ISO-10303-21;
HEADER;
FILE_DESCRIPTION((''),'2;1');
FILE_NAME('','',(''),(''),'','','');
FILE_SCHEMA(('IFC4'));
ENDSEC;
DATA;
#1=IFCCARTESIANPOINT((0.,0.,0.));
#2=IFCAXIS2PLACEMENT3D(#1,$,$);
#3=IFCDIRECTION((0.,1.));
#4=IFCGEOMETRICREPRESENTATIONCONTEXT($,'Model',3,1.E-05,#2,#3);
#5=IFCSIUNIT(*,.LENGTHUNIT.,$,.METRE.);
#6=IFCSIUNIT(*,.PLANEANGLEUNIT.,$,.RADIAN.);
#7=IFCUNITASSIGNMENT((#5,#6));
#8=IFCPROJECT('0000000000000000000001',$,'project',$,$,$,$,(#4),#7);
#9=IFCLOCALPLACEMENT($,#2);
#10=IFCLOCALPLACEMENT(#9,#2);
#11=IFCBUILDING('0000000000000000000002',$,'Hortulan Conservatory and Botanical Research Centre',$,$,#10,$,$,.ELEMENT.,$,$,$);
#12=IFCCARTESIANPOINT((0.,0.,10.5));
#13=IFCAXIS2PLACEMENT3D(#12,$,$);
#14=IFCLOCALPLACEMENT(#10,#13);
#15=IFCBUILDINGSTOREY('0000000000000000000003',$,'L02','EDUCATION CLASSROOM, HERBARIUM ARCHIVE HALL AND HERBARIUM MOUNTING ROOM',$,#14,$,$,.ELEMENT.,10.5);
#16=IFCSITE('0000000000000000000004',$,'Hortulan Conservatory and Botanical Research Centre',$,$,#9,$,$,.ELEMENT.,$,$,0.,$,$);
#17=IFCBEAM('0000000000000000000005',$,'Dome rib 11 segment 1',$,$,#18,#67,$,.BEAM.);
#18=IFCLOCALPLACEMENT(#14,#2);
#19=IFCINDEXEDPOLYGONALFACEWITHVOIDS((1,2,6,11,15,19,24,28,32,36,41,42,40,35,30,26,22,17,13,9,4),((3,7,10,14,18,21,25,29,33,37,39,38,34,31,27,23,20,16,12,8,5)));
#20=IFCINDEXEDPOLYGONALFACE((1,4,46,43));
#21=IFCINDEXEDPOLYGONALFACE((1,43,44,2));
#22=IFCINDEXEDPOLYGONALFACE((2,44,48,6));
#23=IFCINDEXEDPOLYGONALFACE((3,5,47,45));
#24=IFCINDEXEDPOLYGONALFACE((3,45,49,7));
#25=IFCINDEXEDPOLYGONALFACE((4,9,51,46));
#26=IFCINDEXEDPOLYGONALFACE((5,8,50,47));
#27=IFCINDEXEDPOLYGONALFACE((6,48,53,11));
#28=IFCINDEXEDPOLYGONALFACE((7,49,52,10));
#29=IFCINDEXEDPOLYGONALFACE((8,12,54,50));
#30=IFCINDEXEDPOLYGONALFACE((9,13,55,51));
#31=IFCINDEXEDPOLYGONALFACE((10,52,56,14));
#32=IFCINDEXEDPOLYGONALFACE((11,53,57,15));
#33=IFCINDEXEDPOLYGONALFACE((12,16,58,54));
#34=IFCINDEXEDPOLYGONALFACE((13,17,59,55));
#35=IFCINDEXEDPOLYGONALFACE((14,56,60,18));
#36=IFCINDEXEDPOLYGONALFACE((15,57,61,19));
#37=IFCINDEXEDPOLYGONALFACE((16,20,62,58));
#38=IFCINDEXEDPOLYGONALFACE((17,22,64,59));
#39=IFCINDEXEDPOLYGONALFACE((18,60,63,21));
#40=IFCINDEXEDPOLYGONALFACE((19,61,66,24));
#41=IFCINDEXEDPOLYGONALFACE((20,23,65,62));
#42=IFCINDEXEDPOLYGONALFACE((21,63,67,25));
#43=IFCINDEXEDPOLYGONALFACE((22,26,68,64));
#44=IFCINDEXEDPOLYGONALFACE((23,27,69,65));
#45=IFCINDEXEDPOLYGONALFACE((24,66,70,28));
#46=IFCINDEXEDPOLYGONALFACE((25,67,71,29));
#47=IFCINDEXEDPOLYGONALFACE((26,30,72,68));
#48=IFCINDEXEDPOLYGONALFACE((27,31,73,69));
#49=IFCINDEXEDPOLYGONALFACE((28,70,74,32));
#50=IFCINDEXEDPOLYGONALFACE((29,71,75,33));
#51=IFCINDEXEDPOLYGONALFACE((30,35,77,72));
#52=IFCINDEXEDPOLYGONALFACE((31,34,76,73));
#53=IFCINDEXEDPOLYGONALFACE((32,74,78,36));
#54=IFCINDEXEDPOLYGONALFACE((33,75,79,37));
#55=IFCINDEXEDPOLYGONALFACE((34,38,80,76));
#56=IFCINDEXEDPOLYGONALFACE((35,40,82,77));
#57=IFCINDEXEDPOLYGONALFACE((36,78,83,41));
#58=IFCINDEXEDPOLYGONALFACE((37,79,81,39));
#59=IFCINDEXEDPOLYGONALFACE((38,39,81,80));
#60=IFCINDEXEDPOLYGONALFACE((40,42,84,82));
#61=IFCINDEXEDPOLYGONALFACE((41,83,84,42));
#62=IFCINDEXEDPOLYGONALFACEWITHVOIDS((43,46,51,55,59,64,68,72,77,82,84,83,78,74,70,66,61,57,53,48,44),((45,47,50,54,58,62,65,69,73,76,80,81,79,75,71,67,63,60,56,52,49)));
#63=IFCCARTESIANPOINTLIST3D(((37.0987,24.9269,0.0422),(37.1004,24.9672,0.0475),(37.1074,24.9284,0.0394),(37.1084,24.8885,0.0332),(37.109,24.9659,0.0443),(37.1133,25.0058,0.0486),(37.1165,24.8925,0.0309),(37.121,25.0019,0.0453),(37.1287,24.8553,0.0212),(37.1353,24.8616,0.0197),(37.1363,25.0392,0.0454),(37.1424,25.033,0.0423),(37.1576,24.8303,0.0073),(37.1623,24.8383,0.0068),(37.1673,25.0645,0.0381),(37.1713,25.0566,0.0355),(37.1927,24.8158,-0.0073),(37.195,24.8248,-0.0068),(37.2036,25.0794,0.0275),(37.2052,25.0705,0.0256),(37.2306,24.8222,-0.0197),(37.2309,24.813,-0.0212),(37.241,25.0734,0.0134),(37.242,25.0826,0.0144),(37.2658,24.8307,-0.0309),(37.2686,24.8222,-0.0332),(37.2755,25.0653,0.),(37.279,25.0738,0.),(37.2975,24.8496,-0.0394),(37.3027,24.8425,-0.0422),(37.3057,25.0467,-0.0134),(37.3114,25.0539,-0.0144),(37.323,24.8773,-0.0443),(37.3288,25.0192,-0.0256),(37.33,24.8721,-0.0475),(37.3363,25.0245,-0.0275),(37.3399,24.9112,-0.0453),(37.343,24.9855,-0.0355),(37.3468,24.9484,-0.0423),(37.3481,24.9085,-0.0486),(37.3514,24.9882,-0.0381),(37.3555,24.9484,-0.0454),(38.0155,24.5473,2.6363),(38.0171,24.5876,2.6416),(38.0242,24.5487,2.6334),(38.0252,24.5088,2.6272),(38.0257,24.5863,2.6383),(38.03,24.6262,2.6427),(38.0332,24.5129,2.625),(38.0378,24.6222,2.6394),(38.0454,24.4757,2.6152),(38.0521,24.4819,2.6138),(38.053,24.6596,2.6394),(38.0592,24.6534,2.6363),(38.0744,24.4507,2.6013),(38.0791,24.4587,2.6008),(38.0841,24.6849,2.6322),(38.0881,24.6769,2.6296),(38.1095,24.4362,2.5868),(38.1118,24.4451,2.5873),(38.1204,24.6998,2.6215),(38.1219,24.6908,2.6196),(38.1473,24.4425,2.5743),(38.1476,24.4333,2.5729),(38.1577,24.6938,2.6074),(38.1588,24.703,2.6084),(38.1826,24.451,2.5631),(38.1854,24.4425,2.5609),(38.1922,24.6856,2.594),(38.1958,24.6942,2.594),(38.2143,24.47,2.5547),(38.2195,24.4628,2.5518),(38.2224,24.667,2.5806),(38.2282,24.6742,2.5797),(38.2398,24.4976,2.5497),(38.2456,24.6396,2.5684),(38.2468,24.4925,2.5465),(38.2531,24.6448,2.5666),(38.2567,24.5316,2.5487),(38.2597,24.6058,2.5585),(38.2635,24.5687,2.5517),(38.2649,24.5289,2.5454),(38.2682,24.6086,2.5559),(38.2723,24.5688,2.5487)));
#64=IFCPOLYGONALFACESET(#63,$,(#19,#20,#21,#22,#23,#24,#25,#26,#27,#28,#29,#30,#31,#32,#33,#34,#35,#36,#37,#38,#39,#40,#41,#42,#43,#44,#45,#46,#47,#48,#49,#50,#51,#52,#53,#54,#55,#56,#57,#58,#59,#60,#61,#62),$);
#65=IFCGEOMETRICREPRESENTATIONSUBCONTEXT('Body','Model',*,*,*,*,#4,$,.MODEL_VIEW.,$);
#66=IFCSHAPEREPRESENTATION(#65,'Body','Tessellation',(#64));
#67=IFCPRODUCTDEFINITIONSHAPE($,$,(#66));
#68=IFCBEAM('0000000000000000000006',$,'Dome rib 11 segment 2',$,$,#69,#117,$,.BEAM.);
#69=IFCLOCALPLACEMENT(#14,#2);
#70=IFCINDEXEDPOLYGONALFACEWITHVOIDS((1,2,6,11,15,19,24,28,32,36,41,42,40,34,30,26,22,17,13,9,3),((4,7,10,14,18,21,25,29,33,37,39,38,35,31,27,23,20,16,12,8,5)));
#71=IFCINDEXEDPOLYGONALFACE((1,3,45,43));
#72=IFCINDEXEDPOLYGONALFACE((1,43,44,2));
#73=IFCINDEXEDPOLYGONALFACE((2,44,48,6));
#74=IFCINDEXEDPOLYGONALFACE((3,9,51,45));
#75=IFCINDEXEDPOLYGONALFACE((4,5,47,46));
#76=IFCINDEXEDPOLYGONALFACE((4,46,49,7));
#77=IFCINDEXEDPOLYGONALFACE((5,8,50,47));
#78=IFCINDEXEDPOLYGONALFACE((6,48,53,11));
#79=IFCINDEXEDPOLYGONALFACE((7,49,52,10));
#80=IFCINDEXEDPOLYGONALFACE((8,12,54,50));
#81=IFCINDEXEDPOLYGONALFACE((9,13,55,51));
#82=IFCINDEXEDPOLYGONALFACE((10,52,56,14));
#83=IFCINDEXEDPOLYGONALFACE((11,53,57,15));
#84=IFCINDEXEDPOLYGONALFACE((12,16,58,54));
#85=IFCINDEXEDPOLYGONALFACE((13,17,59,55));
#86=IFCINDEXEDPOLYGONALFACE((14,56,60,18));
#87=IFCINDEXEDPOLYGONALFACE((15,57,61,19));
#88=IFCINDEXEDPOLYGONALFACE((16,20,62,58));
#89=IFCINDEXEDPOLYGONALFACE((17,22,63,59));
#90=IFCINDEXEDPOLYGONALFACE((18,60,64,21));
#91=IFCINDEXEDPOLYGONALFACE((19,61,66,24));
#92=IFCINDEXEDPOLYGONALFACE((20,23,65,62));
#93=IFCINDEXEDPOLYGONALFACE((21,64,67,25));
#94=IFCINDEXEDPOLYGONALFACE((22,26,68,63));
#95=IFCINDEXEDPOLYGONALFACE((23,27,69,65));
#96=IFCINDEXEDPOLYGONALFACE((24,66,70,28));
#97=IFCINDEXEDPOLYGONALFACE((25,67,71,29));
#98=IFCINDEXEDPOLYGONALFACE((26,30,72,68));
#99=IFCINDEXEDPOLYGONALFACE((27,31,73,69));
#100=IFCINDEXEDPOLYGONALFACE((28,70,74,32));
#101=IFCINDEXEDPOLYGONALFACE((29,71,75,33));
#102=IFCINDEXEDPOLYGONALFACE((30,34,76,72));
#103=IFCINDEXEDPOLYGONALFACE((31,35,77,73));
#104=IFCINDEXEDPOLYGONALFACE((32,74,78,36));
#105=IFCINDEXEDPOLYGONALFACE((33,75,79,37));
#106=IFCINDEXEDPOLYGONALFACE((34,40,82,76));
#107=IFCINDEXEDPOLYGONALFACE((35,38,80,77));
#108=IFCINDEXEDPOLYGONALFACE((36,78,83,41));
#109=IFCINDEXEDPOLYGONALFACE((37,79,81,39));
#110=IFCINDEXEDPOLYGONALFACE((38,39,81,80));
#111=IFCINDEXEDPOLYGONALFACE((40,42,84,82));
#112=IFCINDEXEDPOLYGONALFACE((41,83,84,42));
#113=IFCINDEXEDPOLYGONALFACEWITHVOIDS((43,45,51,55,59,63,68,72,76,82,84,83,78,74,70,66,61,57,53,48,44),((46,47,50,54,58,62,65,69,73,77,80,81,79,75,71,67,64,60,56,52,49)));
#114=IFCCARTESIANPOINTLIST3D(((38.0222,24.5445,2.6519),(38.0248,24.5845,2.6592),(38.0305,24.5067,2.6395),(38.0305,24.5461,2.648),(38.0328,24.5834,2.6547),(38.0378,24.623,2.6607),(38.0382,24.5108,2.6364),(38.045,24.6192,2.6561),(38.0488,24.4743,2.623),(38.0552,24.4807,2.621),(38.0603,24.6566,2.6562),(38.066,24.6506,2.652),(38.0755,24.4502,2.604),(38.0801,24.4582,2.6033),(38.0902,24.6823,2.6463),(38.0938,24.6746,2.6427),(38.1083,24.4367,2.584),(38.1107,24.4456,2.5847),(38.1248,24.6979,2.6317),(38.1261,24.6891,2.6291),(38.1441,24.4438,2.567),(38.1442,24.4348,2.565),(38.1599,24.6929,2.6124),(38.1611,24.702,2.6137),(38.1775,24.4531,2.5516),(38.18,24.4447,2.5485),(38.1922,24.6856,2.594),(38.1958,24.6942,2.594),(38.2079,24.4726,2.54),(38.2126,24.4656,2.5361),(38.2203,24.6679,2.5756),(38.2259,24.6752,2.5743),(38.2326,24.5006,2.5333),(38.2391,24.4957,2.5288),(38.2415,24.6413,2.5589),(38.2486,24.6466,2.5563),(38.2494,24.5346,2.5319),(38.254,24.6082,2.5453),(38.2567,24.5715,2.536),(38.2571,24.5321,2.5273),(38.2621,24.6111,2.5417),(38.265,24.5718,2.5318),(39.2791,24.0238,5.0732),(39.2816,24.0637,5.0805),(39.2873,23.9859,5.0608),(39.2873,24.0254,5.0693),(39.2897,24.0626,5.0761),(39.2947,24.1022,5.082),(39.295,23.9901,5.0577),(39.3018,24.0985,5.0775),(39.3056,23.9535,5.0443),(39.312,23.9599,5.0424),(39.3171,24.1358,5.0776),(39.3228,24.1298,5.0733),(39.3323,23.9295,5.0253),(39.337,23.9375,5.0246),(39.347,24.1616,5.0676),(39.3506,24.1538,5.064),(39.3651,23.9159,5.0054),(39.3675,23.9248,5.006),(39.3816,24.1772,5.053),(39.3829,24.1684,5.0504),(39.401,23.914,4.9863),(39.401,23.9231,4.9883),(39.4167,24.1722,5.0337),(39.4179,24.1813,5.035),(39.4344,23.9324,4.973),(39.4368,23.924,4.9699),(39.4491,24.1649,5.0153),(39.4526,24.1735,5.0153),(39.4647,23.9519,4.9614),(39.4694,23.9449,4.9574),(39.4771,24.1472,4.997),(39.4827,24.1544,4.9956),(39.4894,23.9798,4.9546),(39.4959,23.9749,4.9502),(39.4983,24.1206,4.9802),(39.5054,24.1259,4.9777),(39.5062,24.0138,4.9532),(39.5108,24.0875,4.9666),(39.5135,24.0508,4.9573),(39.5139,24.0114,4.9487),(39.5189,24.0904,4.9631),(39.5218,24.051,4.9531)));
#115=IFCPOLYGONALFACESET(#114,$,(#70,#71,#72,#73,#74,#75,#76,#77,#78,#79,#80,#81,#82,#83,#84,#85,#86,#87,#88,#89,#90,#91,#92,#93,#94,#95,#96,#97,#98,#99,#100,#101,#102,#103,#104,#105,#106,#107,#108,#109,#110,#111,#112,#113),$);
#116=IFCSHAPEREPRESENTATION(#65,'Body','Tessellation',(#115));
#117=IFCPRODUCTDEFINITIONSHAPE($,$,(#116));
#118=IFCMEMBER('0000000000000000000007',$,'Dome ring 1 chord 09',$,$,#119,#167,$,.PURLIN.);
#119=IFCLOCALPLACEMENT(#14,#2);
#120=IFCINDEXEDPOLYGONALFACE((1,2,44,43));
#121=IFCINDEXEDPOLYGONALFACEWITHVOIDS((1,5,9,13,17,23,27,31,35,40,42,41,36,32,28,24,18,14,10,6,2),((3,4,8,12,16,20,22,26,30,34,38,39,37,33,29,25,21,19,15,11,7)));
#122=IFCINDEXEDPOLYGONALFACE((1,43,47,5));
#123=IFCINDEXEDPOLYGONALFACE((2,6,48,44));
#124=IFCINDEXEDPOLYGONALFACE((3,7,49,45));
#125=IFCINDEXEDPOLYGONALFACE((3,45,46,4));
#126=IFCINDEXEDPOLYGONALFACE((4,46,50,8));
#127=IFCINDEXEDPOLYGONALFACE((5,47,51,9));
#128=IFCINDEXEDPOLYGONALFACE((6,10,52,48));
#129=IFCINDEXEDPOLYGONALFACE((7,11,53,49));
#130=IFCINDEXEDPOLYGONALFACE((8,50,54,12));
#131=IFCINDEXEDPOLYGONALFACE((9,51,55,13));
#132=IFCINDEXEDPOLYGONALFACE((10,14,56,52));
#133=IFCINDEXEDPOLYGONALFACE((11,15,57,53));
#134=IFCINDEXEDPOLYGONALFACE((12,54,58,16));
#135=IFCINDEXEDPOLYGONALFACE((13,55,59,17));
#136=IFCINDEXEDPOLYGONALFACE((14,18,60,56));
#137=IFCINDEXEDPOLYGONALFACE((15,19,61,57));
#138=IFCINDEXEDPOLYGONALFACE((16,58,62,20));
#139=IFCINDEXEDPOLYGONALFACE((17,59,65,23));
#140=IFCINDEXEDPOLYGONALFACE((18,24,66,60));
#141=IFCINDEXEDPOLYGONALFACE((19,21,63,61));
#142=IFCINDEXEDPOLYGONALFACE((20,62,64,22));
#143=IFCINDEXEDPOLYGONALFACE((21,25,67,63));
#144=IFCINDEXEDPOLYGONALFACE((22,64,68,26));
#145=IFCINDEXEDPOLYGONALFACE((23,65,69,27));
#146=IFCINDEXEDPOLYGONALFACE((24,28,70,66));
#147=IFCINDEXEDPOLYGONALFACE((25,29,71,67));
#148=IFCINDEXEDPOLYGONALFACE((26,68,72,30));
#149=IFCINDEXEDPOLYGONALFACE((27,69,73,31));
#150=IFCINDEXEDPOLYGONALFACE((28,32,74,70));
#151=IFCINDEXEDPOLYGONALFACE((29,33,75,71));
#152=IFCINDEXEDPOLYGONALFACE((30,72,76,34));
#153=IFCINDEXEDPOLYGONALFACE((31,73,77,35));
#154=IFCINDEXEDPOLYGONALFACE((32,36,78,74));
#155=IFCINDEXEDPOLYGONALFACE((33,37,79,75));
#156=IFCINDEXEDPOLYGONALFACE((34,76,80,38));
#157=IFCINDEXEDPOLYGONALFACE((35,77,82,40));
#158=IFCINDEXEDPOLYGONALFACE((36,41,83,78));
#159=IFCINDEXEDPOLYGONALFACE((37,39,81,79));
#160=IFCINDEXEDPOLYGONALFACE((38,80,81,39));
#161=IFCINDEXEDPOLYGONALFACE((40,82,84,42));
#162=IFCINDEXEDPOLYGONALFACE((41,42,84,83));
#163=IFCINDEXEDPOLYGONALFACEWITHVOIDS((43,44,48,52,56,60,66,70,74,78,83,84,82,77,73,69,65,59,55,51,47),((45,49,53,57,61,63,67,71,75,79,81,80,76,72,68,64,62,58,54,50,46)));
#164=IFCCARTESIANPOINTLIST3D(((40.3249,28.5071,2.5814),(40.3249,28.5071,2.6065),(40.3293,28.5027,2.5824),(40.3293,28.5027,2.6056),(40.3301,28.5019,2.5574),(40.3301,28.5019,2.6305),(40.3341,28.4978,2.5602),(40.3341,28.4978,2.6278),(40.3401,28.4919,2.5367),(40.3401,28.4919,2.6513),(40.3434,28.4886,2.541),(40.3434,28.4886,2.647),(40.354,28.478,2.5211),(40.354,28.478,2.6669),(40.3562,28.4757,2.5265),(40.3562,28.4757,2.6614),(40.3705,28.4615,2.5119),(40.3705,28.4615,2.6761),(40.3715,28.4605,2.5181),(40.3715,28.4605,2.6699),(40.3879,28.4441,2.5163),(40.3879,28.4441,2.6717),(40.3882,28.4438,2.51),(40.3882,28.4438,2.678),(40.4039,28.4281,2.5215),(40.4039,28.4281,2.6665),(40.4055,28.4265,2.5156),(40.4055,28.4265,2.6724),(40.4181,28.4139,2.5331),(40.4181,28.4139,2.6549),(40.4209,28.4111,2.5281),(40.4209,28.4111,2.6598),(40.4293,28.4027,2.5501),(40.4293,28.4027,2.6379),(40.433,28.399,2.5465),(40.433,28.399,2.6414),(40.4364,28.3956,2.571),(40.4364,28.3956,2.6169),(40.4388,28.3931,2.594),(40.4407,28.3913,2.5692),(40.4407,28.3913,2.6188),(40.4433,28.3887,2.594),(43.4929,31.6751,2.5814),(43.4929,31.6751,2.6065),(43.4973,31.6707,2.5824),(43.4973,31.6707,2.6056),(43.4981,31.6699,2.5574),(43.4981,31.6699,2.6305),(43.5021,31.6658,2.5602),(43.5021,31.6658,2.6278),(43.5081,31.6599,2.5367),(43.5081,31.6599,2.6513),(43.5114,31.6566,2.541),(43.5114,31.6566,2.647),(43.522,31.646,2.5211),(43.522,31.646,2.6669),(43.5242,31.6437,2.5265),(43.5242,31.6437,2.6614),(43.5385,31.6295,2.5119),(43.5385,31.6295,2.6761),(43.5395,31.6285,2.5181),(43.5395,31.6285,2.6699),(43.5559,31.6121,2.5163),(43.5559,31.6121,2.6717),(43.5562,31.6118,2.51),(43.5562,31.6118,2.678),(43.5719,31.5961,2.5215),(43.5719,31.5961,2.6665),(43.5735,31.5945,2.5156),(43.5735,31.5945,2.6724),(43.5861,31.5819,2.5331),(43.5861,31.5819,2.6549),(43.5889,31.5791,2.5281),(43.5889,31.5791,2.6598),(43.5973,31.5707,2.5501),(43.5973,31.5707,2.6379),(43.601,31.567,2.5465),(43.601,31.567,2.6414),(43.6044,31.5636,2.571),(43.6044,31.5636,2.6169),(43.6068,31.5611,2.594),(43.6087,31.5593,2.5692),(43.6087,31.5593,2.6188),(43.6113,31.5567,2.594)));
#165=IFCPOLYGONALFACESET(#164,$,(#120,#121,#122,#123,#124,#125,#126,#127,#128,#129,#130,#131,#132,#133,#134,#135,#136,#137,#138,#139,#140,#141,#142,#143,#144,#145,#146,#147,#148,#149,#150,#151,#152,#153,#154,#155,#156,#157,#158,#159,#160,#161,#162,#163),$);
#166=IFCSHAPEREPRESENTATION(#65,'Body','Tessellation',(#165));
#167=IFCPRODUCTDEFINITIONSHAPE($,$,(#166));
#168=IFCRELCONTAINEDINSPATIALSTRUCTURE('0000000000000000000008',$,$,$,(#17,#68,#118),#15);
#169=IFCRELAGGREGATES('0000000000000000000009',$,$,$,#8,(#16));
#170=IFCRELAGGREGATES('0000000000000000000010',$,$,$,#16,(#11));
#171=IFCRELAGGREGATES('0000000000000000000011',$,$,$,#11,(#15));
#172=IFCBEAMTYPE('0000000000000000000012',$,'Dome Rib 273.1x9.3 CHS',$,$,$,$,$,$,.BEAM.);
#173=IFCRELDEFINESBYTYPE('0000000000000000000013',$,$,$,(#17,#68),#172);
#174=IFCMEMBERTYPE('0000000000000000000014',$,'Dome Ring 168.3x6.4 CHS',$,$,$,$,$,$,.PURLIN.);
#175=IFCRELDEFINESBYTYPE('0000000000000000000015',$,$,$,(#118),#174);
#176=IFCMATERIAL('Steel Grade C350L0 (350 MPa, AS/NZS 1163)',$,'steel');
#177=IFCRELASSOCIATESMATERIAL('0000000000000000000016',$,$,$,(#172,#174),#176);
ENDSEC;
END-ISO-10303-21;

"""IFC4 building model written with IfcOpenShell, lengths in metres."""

from ifc_helpers import new_model, si_unit, direction, frame, origin, origin_2d, place, context, subcontext, project, spatial, hollow_circle, extrude, material, material_profile, profile_set, type_object, element, save


model = new_model("IFC4")

# Units and contexts
model_context = context("Model", 3, precision=1e-05, world=origin(), true_north=direction((0.0, 1.0)))
body_context = subcontext(model_context, "Body", "Model", "MODEL_VIEW")
ifc_project = project(units=[si_unit("LENGTHUNIT", "METRE"), si_unit("PLANEANGLEUNIT", "RADIAN")], contexts=[model_context])

# Site, building, storey
site_placement = place(None, origin())
site = spatial("IfcSite", under=ifc_project, at=site_placement, Name="Hortulan Conservatory and Botanical Research Centre", CompositionType="ELEMENT", RefElevation=0.0)
building_placement = place(site_placement, origin())
building = spatial("IfcBuilding", under=site, at=building_placement, Name="Hortulan Conservatory and Botanical Research Centre", CompositionType="ELEMENT")
storey_placement = place(building_placement, frame((0.0, 0.0, 10.5)))
storey = spatial("IfcBuildingStorey", under=building, at=storey_placement, Name="L02", Description="EDUCATION CLASSROOM, HERBARIUM ARCHIVE HALL AND HERBARIUM MOUNTING ROOM", CompositionType="ELEMENT", Elevation=10.5)

# Beams
ifc_material_1 = material(Name="Steel Grade C350L0 (350 MPa, AS/NZS 1163)", Category="steel")
ifc_material_profile_1 = material_profile(ifc_material_1, hollow_circle(Radius=0.1365, WallThickness=0.0093, at=origin_2d()), Name="273.1x9.3CHS")
ifc_profile_set_1 = profile_set([ifc_material_profile_1], Name="Steel Grade C350L0 (350 MPa, AS/NZS 1163)")
beam_type_1 = type_object("IfcBeamType", Name="Dome Rib 273.1x9.3 CHS", PredefinedType="BEAM", material=ifc_profile_set_1)
for number, where, z_axis, x_axis, name in (
    (1, (37.2268, 24.9478, 0.0), (0.330087, -0.136694, 0.934001), (0.382605, 0.923912, 0.0), "Dome rib 11 segment 1"),
    (2, (38.1436, 24.5681, 2.594), (0.452523, -0.187496, 0.871819), (0.38278, 0.92384, 0.0), "Dome rib 11 segment 2"),
):
    element("IfcBeam", number, at=place(storey_placement, frame(where, z_axis=z_axis, x_axis=x_axis)), inside=storey, type_object=beam_type_1, Name=name, PredefinedType="BEAM", context=body_context, shape_type="SweptSolid", body=[
        extrude(hollow_circle(Radius=0.1365, WallThickness=0.0093, at=origin_2d()), origin(), (0.0, 0.0, 1.0), 2.7773),
    ])

# Member
ifc_material_profile_2 = material_profile(ifc_material_1, hollow_circle(Radius=0.0842, WallThickness=0.0063, at=origin_2d()), Name="168.3x6.4CHS")
ifc_profile_set_2 = profile_set([ifc_material_profile_2], Name="Steel Grade C350L0 (350 MPa, AS/NZS 1163)")
member_type_1 = type_object("IfcMemberType", Name="Dome Ring 168.3x6.4 CHS", PredefinedType="PURLIN", material=ifc_profile_set_2)
member_1_placement = place(storey_placement, frame((43.5518, 31.6162, 2.594), z_axis=(-0.707107, -0.707107, 0.0), x_axis=(0.707107, -0.707107, 0.0)))
element("IfcMember", 3, at=member_1_placement, inside=storey, type_object=member_type_1, Name="Dome ring 1 chord 09", PredefinedType="PURLIN", context=body_context, shape_type="SweptSolid", body=[
    extrude(hollow_circle(Radius=0.0842, WallThickness=0.0063, at=origin_2d()), origin(), (0.0, 0.0, 1.0), 4.4802),
])

save(model, "model.ifc")
